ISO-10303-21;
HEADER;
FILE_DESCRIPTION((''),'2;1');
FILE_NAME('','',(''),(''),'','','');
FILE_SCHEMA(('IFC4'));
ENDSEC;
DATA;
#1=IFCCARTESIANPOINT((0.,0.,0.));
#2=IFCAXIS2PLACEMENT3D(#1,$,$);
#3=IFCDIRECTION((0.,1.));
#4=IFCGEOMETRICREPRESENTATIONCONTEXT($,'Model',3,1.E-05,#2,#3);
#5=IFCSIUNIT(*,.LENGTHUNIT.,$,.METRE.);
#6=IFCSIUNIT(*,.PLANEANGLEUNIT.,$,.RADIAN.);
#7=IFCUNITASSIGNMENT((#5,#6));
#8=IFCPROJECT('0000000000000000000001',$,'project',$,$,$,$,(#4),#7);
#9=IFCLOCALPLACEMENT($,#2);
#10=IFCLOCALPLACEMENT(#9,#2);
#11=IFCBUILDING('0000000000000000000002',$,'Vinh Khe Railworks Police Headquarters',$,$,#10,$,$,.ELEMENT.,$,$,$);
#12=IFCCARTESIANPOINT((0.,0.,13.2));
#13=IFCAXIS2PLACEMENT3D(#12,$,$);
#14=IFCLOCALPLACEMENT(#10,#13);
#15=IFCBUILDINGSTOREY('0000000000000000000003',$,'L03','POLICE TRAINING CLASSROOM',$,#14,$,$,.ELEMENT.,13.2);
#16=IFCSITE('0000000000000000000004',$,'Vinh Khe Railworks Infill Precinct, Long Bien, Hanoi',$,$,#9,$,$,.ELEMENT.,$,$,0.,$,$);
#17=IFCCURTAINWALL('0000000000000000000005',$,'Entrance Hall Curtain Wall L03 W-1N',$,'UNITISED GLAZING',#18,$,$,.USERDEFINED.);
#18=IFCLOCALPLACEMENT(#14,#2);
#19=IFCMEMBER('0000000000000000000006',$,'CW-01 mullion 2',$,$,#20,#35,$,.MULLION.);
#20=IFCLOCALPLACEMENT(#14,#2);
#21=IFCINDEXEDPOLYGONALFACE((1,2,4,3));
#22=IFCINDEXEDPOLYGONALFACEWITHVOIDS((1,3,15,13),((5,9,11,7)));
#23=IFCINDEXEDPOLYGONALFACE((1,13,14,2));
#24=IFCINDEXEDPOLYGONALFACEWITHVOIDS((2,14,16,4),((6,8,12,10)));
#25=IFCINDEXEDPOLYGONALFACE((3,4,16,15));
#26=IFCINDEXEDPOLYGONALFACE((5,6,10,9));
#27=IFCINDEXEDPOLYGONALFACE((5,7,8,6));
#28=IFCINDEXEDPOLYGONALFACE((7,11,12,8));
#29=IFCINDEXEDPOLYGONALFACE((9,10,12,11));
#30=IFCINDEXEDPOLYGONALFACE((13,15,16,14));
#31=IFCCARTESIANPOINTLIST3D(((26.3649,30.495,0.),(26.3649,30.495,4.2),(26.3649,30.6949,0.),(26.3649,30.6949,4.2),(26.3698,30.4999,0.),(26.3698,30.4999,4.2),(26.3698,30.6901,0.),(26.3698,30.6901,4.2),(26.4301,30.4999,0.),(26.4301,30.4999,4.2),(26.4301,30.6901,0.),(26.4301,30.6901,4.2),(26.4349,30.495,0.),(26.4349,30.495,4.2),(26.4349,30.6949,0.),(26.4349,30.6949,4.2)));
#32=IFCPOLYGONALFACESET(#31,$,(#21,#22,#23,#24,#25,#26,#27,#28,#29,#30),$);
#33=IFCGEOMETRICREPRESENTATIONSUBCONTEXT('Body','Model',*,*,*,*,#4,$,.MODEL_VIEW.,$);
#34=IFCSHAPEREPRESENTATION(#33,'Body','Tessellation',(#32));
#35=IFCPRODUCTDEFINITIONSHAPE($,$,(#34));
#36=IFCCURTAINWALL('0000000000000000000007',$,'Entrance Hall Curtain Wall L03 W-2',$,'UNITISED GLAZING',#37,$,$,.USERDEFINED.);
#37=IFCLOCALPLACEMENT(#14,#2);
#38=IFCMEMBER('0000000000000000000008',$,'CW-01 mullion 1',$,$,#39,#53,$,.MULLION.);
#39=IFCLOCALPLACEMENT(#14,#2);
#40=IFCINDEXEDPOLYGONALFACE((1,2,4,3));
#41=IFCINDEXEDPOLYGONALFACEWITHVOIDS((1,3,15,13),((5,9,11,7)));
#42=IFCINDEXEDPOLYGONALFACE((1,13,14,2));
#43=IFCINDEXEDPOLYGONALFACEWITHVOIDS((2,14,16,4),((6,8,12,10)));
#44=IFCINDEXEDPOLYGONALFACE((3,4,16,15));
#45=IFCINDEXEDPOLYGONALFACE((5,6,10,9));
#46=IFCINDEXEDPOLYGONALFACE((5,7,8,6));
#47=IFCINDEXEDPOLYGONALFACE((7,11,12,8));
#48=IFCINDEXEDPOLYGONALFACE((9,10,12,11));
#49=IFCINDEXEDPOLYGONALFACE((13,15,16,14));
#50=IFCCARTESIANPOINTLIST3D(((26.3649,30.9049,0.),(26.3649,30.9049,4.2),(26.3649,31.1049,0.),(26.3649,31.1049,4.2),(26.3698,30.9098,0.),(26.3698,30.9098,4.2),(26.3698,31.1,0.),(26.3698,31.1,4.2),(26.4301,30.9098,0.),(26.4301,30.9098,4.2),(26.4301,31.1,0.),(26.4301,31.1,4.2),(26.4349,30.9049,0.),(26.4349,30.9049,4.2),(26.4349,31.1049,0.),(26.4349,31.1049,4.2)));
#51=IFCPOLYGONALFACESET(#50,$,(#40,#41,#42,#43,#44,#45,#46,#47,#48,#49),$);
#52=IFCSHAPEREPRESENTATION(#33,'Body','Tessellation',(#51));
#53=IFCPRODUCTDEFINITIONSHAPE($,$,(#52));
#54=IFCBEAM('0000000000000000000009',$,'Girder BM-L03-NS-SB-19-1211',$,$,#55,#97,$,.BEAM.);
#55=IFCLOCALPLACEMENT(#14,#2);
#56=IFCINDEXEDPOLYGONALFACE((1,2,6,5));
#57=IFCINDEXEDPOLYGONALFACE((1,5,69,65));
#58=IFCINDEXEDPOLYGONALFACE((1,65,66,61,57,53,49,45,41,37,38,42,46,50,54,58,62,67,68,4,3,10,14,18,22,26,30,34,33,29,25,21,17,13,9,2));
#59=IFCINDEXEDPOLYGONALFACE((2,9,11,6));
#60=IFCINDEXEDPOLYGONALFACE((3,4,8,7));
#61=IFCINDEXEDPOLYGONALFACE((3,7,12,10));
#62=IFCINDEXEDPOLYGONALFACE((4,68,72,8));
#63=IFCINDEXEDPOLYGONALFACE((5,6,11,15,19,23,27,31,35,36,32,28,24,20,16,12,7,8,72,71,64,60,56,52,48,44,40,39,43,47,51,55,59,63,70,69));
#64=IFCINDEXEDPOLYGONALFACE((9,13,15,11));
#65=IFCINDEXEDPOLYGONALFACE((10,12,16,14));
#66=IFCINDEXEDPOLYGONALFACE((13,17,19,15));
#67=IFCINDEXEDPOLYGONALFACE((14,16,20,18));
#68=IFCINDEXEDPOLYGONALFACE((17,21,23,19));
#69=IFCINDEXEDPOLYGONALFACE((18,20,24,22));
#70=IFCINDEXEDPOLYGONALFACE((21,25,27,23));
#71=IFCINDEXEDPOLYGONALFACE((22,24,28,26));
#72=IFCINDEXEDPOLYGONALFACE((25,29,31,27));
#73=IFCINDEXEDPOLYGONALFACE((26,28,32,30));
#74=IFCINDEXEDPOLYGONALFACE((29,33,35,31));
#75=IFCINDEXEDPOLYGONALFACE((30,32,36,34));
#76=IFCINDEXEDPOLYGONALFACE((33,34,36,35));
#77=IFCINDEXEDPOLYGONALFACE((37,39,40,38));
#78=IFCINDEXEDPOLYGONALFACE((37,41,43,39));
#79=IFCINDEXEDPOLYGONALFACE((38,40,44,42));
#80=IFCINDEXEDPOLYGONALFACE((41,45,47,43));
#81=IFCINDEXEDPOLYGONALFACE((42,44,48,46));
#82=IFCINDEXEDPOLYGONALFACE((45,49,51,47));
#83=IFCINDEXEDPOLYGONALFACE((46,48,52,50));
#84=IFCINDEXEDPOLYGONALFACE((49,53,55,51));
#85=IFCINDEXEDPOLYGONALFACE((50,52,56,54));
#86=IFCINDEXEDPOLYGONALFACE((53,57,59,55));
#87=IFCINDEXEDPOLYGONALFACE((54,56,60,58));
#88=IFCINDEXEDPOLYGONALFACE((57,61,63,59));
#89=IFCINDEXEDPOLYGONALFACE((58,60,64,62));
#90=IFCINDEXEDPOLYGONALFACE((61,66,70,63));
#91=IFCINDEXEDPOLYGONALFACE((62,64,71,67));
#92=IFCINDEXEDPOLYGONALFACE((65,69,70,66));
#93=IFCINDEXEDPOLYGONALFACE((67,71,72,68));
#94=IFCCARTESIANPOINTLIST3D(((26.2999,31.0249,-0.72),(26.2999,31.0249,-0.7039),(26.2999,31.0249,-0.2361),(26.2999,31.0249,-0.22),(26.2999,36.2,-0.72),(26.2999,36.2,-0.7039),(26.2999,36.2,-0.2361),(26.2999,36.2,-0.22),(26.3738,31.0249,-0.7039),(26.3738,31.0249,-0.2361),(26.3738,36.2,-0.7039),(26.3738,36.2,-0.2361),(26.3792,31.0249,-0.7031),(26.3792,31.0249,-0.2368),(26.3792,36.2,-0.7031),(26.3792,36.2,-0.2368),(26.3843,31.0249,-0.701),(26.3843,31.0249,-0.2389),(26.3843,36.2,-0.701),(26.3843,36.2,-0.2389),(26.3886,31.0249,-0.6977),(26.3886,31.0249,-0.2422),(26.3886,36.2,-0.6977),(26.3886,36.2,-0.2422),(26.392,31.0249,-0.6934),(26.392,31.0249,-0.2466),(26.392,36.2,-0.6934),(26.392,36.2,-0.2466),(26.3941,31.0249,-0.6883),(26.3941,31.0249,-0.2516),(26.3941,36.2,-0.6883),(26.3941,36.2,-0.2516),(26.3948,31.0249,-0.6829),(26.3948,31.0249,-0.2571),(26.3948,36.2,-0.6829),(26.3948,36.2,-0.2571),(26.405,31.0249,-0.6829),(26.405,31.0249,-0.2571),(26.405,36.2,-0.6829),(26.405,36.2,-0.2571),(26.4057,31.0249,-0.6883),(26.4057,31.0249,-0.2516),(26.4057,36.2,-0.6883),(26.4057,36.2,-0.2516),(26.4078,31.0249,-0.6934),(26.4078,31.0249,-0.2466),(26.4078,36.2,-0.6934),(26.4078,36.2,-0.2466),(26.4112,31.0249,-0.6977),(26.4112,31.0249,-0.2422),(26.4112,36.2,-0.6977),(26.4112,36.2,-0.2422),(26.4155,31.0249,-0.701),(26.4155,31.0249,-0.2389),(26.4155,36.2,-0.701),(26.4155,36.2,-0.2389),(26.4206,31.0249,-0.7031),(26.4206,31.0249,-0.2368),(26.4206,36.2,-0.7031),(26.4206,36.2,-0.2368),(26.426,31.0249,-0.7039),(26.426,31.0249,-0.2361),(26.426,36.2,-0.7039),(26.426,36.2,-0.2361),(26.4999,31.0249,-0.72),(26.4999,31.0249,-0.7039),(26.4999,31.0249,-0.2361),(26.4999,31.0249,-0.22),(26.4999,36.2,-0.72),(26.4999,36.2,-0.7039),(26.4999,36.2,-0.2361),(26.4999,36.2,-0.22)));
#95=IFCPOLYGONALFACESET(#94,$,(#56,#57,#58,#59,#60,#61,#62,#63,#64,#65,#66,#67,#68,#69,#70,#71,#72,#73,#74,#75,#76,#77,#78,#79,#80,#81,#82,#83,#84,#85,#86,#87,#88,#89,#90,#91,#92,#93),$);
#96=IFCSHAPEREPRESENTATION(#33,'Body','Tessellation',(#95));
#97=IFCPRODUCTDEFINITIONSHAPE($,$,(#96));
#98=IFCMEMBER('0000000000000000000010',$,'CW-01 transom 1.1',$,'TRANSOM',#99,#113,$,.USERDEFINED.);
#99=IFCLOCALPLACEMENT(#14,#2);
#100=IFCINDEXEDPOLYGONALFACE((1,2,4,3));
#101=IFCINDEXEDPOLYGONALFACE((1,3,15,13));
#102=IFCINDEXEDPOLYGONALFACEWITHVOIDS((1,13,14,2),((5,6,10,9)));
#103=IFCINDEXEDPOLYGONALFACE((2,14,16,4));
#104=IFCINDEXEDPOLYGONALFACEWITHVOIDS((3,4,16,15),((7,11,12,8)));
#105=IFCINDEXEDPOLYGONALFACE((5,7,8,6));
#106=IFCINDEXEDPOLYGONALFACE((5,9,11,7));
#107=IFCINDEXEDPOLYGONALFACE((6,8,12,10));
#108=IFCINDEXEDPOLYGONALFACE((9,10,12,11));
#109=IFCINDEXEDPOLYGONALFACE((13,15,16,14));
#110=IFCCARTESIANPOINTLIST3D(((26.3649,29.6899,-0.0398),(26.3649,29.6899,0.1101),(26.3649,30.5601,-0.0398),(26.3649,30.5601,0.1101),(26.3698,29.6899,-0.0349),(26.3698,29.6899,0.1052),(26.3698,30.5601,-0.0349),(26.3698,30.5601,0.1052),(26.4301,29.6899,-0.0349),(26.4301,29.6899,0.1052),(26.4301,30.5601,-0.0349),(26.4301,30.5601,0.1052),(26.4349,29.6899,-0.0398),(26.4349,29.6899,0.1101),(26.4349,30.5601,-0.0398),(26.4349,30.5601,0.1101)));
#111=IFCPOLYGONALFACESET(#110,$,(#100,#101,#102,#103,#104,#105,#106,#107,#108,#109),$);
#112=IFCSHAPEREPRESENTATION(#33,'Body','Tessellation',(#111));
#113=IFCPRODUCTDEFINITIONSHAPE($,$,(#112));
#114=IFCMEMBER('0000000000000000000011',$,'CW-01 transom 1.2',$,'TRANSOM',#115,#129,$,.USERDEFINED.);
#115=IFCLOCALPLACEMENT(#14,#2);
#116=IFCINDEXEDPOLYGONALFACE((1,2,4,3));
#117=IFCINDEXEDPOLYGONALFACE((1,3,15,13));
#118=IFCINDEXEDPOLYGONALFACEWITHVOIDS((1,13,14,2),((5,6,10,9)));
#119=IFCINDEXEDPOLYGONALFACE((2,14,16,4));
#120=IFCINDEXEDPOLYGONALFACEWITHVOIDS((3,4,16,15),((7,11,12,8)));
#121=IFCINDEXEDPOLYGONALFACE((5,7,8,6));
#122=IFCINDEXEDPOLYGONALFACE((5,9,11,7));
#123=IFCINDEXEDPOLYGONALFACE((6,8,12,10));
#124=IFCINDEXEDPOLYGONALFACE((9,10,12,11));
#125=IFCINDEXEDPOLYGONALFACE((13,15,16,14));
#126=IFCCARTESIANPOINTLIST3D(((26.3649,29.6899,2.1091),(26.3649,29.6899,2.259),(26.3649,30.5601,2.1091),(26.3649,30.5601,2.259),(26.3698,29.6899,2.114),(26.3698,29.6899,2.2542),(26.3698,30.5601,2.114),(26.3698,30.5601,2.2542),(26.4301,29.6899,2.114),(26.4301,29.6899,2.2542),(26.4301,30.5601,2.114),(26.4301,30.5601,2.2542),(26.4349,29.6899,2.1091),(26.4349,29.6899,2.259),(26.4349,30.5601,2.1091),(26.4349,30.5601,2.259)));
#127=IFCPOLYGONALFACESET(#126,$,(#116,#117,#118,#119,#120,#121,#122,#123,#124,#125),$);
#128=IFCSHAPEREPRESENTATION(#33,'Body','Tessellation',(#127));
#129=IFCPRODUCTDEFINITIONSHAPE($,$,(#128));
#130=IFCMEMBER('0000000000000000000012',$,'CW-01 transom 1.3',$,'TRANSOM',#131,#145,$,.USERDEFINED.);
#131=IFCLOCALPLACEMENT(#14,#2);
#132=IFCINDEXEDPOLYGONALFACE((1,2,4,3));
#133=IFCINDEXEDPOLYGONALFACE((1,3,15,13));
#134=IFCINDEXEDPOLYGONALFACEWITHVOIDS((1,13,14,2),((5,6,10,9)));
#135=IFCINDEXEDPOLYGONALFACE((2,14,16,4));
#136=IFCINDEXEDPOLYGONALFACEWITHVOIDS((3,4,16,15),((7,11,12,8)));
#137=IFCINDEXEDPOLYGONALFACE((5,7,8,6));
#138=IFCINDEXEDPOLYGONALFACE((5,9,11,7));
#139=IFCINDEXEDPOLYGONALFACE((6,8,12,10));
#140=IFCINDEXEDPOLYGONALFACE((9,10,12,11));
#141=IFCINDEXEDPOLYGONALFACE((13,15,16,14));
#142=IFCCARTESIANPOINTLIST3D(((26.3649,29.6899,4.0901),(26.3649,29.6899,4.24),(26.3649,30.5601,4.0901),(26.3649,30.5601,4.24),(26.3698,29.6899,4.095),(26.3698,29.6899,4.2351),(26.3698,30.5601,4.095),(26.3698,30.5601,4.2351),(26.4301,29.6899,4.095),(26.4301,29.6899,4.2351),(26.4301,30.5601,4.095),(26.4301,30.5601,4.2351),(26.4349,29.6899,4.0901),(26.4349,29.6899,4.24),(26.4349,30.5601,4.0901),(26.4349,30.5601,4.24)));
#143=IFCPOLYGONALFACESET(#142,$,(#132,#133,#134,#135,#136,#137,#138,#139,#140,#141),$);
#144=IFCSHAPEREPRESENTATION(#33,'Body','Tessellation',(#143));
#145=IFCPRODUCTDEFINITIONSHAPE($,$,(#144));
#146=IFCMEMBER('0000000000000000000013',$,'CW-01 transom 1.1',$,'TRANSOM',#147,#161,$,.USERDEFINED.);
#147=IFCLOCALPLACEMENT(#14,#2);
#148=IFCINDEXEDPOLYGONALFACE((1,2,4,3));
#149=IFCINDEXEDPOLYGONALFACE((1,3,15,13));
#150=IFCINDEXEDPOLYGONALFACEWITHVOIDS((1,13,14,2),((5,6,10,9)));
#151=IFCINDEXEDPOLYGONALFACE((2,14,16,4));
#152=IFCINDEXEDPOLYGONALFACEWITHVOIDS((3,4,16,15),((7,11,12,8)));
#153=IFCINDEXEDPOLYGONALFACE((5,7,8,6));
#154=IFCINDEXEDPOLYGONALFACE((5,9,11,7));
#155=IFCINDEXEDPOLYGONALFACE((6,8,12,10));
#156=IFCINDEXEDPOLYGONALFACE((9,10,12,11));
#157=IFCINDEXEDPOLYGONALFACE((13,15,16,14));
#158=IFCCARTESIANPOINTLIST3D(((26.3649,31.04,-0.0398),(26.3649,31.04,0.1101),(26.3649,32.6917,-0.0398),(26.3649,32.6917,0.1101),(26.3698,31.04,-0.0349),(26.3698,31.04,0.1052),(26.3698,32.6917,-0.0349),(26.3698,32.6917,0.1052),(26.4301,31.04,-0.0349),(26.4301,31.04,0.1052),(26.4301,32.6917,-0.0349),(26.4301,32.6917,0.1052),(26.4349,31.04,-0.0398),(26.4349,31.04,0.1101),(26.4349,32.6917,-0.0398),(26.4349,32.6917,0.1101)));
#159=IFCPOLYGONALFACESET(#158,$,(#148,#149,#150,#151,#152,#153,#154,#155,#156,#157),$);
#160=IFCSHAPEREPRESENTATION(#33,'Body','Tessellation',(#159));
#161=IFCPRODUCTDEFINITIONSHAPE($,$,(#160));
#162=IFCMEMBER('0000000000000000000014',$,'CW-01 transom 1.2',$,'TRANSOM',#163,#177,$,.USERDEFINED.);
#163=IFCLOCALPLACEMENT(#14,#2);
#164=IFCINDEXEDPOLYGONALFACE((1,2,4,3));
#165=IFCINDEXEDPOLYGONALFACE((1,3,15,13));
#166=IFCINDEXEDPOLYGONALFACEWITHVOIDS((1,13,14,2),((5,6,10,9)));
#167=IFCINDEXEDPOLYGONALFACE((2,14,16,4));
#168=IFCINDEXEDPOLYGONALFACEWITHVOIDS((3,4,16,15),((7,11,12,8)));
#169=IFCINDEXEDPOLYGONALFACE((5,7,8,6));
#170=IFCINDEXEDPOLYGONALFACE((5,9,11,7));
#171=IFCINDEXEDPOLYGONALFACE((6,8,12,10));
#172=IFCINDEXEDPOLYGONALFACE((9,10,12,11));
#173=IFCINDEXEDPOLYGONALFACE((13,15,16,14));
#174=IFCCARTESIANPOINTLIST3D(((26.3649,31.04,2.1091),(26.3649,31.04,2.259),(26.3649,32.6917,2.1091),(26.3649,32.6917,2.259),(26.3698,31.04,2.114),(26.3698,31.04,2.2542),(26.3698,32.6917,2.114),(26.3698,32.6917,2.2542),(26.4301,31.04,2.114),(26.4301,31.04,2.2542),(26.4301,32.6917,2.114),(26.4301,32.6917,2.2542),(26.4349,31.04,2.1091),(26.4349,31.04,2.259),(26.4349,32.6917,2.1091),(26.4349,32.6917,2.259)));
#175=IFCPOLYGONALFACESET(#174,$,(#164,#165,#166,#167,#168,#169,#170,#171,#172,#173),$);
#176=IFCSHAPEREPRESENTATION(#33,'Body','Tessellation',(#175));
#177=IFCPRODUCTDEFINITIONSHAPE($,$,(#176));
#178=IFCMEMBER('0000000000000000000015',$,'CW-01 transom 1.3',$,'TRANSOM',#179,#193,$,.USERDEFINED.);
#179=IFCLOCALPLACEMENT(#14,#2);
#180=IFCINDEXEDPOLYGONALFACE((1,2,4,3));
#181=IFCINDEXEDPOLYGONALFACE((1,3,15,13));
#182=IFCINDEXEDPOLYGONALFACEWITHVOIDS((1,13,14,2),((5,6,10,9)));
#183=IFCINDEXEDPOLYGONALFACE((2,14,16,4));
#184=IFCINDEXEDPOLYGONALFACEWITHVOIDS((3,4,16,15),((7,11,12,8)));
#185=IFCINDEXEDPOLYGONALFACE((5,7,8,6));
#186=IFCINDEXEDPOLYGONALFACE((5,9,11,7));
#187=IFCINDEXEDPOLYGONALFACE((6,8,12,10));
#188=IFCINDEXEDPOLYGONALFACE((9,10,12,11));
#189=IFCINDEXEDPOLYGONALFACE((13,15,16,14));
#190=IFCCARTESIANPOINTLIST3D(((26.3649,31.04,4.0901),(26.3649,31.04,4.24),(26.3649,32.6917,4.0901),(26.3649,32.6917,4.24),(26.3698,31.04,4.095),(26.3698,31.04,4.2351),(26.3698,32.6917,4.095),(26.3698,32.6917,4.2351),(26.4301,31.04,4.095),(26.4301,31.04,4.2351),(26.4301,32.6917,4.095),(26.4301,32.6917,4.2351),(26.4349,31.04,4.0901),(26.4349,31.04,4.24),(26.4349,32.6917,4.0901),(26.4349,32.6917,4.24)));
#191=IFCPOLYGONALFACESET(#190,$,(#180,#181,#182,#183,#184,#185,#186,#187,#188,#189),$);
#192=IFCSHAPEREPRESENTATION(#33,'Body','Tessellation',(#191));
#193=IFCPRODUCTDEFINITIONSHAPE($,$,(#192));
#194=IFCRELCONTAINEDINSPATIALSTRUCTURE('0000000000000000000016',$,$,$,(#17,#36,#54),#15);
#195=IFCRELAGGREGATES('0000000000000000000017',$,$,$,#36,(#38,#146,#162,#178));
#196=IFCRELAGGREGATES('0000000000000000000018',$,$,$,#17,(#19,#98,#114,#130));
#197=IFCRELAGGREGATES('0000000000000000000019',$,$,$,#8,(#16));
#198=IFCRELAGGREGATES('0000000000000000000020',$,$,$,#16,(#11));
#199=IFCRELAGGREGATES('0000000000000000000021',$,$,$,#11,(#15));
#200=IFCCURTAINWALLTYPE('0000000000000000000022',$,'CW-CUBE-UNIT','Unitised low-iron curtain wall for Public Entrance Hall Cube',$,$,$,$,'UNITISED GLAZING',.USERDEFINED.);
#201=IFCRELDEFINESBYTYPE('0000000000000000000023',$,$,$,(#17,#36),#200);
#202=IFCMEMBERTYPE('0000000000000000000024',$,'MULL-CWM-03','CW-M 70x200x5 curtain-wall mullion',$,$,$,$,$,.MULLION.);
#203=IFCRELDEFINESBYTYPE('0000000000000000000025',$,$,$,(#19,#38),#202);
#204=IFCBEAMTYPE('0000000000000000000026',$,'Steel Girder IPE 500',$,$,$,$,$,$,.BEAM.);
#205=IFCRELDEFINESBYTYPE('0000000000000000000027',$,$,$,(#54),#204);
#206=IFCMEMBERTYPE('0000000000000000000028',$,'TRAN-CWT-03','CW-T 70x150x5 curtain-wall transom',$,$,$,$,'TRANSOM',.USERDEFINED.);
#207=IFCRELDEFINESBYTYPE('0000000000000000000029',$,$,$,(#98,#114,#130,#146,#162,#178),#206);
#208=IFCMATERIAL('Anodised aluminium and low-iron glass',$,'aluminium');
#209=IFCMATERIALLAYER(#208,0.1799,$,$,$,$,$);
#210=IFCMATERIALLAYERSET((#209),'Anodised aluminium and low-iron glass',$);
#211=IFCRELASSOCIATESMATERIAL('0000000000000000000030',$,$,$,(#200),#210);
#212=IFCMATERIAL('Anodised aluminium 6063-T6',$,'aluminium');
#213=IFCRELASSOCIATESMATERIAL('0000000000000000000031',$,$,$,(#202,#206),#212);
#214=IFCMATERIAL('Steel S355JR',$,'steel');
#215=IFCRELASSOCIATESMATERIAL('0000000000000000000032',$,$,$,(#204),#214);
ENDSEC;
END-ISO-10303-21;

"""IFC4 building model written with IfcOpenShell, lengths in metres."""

from ifc_helpers import new_model, si_unit, direction, frame, origin, origin_2d, place, context, subcontext, project, spatial, hollow_rectangle, i_section, extrude, material, layer, layer_set, material_profile, profile_set, type_object, element, aggregate, save


model = new_model("IFC4")

# Units and contexts
model_context = context("Model", 3, precision=1e-05, world=origin(), true_north=direction((0.0, 1.0)))
body_context = subcontext(model_context, "Body", "Model", "MODEL_VIEW")
ifc_project = project(units=[si_unit("LENGTHUNIT", "METRE"), si_unit("PLANEANGLEUNIT", "RADIAN")], contexts=[model_context])

# Site, building, storey
site_placement = place(None, origin())
site = spatial("IfcSite", under=ifc_project, at=site_placement, Name="Vinh Khe Railworks Infill Precinct, Long Bien, Hanoi", CompositionType="ELEMENT", RefElevation=0.0)
building_placement = place(site_placement, origin())
building = spatial("IfcBuilding", under=site, at=building_placement, Name="Vinh Khe Railworks Police Headquarters", CompositionType="ELEMENT")
storey_placement = place(building_placement, frame((0.0, 0.0, 13.2)))
storey = spatial("IfcBuildingStorey", under=building, at=storey_placement, Name="L03", Description="POLICE TRAINING CLASSROOM", CompositionType="ELEMENT", Elevation=13.2)

# Shared definitions
ifc_material_1 = material(Name="Steel S355JR", Category="steel")

# Shared definitions
ifc_material_2 = material(Name="Anodised aluminium 6063-T6", Category="aluminium")

# Curtain wall, member
ifc_material_3 = material(Name="Anodised aluminium and low-iron glass", Category="aluminium")
ifc_layer_1 = layer(ifc_material_3, 0.1799)
ifc_layer_set_1 = layer_set([ifc_layer_1], Name="Anodised aluminium and low-iron glass")
curtain_wall_type_1 = type_object("IfcCurtainWallType", Name="CW-CUBE-UNIT", Description="Unitised low-iron curtain wall for Public Entrance Hall Cube", ElementType="UNITISED GLAZING", PredefinedType="USERDEFINED", material=ifc_layer_set_1)
curtain_wall_1_placement = place(storey_placement, origin())
curtain_wall_1 = element("IfcCurtainWall", 1, at=curtain_wall_1_placement, inside=storey, type_object=curtain_wall_type_1, Name="Entrance Hall Curtain Wall L03 W-1N", ObjectType="UNITISED GLAZING", PredefinedType="USERDEFINED")
ifc_material_profile_1 = material_profile(ifc_material_2, hollow_rectangle(XDim=0.0701, YDim=0.2, WallThickness=0.0049, at=origin_2d()), Name="CW-M 70x200x5")
ifc_profile_set_1 = profile_set([ifc_material_profile_1], Name="Anodised aluminium 6063-T6")
member_type_1 = type_object("IfcMemberType", Name="MULL-CWM-03", Description="CW-M 70x200x5 curtain-wall mullion", PredefinedType="MULLION", material=ifc_profile_set_1)
member_1_placement = place(storey_placement, frame((26.3999, 30.595, 0.0), z_axis=(0.0, 0.0, 1.0), x_axis=(-1.0, 0.0, 0.0)))
member_1 = element("IfcMember", 2, at=member_1_placement, type_object=member_type_1, Name="CW-01 mullion 2", PredefinedType="MULLION", context=body_context, shape_type="SweptSolid", body=[
    extrude(hollow_rectangle(XDim=0.0701, YDim=0.2, WallThickness=0.0049, at=origin_2d()), origin(), (0.0, 0.0, 1.0), 4.2),
])

# Curtain wall, member
curtain_wall_2_placement = place(storey_placement, origin())
curtain_wall_2 = element("IfcCurtainWall", 3, at=curtain_wall_2_placement, inside=storey, type_object=curtain_wall_type_1, Name="Entrance Hall Curtain Wall L03 W-2", ObjectType="UNITISED GLAZING", PredefinedType="USERDEFINED")
member_2_placement = place(storey_placement, frame((26.3999, 31.0049, 0.0), z_axis=(0.0, 0.0, 1.0), x_axis=(-1.0, 0.0, 0.0)))
member_2 = element("IfcMember", 4, at=member_2_placement, type_object=member_type_1, Name="CW-01 mullion 1", PredefinedType="MULLION", context=body_context, shape_type="SweptSolid", body=[
    extrude(hollow_rectangle(XDim=0.0701, YDim=0.2, WallThickness=0.0049, at=origin_2d()), origin(), (0.0, 0.0, 1.0), 4.2),
])

# Beam
ifc_material_profile_2 = material_profile(ifc_material_1, i_section(OverallWidth=0.2, OverallDepth=0.5, WebThickness=0.0103, FlangeThickness=0.0161, FilletRadius=0.021, at=origin_2d()), Name="IPE 500")
ifc_profile_set_2 = profile_set([ifc_material_profile_2], Name="Steel S355JR")
beam_type = type_object("IfcBeamType", Name="Steel Girder IPE 500", PredefinedType="BEAM", material=ifc_profile_set_2)
beam_placement = place(storey_placement, frame((26.3999, 31.0249, -0.47), z_axis=(0.0, 1.0, 0.0), x_axis=(-1.0, 0.0, 0.0)))
element("IfcBeam", 5, at=beam_placement, inside=storey, type_object=beam_type, Name="Girder BM-L03-NS-SB-19-1211", PredefinedType="BEAM", context=body_context, shape_type="SweptSolid", body=[
    extrude(i_section(OverallWidth=0.2, OverallDepth=0.5, WebThickness=0.0103, FlangeThickness=0.0161, FilletRadius=0.021, at=origin_2d()), origin(), (0.0, 0.0, 1.0), 5.175),
])

# Members
ifc_material_profile_3 = material_profile(ifc_material_2, hollow_rectangle(XDim=0.0701, YDim=0.1499, WallThickness=0.0049, at=origin_2d()), Name="CW-T 70x150x5")
ifc_profile_set_3 = profile_set([ifc_material_profile_3], Name="Anodised aluminium 6063-T6")
member_type_2 = type_object("IfcMemberType", Name="TRAN-CWT-03", Description="CW-T 70x150x5 curtain-wall transom", ElementType="TRANSOM", PredefinedType="USERDEFINED", material=ifc_profile_set_3)
member_3_placement = place(storey_placement, frame((26.3999, 29.6899, 0.0352), z_axis=(0.0, 1.0, 0.0), x_axis=(-1.0, 0.0, 0.0)))
member_3 = element("IfcMember", 6, at=member_3_placement, type_object=member_type_2, Name="CW-01 transom 1.1", ObjectType="TRANSOM", PredefinedType="USERDEFINED", context=body_context, shape_type="SweptSolid", body=[
    extrude(hollow_rectangle(XDim=0.0701, YDim=0.1499, WallThickness=0.0049, at=origin_2d()), origin(), (0.0, 0.0, 1.0), 0.8701),
])
member_4_placement = place(storey_placement, frame((26.3999, 29.6899, 2.1841), z_axis=(0.0, 1.0, 0.0), x_axis=(-1.0, 0.0, 0.0)))
member_4 = element("IfcMember", 7, at=member_4_placement, type_object=member_type_2, Name="CW-01 transom 1.2", ObjectType="TRANSOM", PredefinedType="USERDEFINED", context=body_context, shape_type="SweptSolid", body=[
    extrude(hollow_rectangle(XDim=0.0701, YDim=0.1499, WallThickness=0.0049, at=origin_2d()), origin(), (0.0, 0.0, 1.0), 0.8701),
])
member_5_placement = place(storey_placement, frame((26.3999, 29.6899, 4.165), z_axis=(0.0, 1.0, 0.0), x_axis=(-1.0, 0.0, 0.0)))
member_5 = element("IfcMember", 8, at=member_5_placement, type_object=member_type_2, Name="CW-01 transom 1.3", ObjectType="TRANSOM", PredefinedType="USERDEFINED", context=body_context, shape_type="SweptSolid", body=[
    extrude(hollow_rectangle(XDim=0.0701, YDim=0.1499, WallThickness=0.0049, at=origin_2d()), origin(), (0.0, 0.0, 1.0), 0.8701),
])
member_6_placement = place(storey_placement, frame((26.3999, 31.04, 0.0352), z_axis=(0.0, 1.0, 0.0), x_axis=(-1.0, 0.0, 0.0)))
member_6 = element("IfcMember", 9, at=member_6_placement, type_object=member_type_2, Name="CW-01 transom 1.1", ObjectType="TRANSOM", PredefinedType="USERDEFINED", context=body_context, shape_type="SweptSolid", body=[
    extrude(hollow_rectangle(XDim=0.0701, YDim=0.1499, WallThickness=0.0049, at=origin_2d()), origin(), (0.0, 0.0, 1.0), 1.6516),
])
member_7_placement = place(storey_placement, frame((26.3999, 31.04, 2.1841), z_axis=(0.0, 1.0, 0.0), x_axis=(-1.0, 0.0, 0.0)))
member_7 = element("IfcMember", 10, at=member_7_placement, type_object=member_type_2, Name="CW-01 transom 1.2", ObjectType="TRANSOM", PredefinedType="USERDEFINED", context=body_context, shape_type="SweptSolid", body=[
    extrude(hollow_rectangle(XDim=0.0701, YDim=0.1499, WallThickness=0.0049, at=origin_2d()), origin(), (0.0, 0.0, 1.0), 1.6516),
])
member_8_placement = place(storey_placement, frame((26.3999, 31.04, 4.165), z_axis=(0.0, 1.0, 0.0), x_axis=(-1.0, 0.0, 0.0)))
member_8 = element("IfcMember", 11, at=member_8_placement, type_object=member_type_2, Name="CW-01 transom 1.3", ObjectType="TRANSOM", PredefinedType="USERDEFINED", context=body_context, shape_type="SweptSolid", body=[
    extrude(hollow_rectangle(XDim=0.0701, YDim=0.1499, WallThickness=0.0049, at=origin_2d()), origin(), (0.0, 0.0, 1.0), 1.6516),
])
aggregate(curtain_wall_2, [member_2, member_6, member_7, member_8])

aggregate(curtain_wall_1, [member_1, member_3, member_4, member_5])

save(model, "model.ifc")
